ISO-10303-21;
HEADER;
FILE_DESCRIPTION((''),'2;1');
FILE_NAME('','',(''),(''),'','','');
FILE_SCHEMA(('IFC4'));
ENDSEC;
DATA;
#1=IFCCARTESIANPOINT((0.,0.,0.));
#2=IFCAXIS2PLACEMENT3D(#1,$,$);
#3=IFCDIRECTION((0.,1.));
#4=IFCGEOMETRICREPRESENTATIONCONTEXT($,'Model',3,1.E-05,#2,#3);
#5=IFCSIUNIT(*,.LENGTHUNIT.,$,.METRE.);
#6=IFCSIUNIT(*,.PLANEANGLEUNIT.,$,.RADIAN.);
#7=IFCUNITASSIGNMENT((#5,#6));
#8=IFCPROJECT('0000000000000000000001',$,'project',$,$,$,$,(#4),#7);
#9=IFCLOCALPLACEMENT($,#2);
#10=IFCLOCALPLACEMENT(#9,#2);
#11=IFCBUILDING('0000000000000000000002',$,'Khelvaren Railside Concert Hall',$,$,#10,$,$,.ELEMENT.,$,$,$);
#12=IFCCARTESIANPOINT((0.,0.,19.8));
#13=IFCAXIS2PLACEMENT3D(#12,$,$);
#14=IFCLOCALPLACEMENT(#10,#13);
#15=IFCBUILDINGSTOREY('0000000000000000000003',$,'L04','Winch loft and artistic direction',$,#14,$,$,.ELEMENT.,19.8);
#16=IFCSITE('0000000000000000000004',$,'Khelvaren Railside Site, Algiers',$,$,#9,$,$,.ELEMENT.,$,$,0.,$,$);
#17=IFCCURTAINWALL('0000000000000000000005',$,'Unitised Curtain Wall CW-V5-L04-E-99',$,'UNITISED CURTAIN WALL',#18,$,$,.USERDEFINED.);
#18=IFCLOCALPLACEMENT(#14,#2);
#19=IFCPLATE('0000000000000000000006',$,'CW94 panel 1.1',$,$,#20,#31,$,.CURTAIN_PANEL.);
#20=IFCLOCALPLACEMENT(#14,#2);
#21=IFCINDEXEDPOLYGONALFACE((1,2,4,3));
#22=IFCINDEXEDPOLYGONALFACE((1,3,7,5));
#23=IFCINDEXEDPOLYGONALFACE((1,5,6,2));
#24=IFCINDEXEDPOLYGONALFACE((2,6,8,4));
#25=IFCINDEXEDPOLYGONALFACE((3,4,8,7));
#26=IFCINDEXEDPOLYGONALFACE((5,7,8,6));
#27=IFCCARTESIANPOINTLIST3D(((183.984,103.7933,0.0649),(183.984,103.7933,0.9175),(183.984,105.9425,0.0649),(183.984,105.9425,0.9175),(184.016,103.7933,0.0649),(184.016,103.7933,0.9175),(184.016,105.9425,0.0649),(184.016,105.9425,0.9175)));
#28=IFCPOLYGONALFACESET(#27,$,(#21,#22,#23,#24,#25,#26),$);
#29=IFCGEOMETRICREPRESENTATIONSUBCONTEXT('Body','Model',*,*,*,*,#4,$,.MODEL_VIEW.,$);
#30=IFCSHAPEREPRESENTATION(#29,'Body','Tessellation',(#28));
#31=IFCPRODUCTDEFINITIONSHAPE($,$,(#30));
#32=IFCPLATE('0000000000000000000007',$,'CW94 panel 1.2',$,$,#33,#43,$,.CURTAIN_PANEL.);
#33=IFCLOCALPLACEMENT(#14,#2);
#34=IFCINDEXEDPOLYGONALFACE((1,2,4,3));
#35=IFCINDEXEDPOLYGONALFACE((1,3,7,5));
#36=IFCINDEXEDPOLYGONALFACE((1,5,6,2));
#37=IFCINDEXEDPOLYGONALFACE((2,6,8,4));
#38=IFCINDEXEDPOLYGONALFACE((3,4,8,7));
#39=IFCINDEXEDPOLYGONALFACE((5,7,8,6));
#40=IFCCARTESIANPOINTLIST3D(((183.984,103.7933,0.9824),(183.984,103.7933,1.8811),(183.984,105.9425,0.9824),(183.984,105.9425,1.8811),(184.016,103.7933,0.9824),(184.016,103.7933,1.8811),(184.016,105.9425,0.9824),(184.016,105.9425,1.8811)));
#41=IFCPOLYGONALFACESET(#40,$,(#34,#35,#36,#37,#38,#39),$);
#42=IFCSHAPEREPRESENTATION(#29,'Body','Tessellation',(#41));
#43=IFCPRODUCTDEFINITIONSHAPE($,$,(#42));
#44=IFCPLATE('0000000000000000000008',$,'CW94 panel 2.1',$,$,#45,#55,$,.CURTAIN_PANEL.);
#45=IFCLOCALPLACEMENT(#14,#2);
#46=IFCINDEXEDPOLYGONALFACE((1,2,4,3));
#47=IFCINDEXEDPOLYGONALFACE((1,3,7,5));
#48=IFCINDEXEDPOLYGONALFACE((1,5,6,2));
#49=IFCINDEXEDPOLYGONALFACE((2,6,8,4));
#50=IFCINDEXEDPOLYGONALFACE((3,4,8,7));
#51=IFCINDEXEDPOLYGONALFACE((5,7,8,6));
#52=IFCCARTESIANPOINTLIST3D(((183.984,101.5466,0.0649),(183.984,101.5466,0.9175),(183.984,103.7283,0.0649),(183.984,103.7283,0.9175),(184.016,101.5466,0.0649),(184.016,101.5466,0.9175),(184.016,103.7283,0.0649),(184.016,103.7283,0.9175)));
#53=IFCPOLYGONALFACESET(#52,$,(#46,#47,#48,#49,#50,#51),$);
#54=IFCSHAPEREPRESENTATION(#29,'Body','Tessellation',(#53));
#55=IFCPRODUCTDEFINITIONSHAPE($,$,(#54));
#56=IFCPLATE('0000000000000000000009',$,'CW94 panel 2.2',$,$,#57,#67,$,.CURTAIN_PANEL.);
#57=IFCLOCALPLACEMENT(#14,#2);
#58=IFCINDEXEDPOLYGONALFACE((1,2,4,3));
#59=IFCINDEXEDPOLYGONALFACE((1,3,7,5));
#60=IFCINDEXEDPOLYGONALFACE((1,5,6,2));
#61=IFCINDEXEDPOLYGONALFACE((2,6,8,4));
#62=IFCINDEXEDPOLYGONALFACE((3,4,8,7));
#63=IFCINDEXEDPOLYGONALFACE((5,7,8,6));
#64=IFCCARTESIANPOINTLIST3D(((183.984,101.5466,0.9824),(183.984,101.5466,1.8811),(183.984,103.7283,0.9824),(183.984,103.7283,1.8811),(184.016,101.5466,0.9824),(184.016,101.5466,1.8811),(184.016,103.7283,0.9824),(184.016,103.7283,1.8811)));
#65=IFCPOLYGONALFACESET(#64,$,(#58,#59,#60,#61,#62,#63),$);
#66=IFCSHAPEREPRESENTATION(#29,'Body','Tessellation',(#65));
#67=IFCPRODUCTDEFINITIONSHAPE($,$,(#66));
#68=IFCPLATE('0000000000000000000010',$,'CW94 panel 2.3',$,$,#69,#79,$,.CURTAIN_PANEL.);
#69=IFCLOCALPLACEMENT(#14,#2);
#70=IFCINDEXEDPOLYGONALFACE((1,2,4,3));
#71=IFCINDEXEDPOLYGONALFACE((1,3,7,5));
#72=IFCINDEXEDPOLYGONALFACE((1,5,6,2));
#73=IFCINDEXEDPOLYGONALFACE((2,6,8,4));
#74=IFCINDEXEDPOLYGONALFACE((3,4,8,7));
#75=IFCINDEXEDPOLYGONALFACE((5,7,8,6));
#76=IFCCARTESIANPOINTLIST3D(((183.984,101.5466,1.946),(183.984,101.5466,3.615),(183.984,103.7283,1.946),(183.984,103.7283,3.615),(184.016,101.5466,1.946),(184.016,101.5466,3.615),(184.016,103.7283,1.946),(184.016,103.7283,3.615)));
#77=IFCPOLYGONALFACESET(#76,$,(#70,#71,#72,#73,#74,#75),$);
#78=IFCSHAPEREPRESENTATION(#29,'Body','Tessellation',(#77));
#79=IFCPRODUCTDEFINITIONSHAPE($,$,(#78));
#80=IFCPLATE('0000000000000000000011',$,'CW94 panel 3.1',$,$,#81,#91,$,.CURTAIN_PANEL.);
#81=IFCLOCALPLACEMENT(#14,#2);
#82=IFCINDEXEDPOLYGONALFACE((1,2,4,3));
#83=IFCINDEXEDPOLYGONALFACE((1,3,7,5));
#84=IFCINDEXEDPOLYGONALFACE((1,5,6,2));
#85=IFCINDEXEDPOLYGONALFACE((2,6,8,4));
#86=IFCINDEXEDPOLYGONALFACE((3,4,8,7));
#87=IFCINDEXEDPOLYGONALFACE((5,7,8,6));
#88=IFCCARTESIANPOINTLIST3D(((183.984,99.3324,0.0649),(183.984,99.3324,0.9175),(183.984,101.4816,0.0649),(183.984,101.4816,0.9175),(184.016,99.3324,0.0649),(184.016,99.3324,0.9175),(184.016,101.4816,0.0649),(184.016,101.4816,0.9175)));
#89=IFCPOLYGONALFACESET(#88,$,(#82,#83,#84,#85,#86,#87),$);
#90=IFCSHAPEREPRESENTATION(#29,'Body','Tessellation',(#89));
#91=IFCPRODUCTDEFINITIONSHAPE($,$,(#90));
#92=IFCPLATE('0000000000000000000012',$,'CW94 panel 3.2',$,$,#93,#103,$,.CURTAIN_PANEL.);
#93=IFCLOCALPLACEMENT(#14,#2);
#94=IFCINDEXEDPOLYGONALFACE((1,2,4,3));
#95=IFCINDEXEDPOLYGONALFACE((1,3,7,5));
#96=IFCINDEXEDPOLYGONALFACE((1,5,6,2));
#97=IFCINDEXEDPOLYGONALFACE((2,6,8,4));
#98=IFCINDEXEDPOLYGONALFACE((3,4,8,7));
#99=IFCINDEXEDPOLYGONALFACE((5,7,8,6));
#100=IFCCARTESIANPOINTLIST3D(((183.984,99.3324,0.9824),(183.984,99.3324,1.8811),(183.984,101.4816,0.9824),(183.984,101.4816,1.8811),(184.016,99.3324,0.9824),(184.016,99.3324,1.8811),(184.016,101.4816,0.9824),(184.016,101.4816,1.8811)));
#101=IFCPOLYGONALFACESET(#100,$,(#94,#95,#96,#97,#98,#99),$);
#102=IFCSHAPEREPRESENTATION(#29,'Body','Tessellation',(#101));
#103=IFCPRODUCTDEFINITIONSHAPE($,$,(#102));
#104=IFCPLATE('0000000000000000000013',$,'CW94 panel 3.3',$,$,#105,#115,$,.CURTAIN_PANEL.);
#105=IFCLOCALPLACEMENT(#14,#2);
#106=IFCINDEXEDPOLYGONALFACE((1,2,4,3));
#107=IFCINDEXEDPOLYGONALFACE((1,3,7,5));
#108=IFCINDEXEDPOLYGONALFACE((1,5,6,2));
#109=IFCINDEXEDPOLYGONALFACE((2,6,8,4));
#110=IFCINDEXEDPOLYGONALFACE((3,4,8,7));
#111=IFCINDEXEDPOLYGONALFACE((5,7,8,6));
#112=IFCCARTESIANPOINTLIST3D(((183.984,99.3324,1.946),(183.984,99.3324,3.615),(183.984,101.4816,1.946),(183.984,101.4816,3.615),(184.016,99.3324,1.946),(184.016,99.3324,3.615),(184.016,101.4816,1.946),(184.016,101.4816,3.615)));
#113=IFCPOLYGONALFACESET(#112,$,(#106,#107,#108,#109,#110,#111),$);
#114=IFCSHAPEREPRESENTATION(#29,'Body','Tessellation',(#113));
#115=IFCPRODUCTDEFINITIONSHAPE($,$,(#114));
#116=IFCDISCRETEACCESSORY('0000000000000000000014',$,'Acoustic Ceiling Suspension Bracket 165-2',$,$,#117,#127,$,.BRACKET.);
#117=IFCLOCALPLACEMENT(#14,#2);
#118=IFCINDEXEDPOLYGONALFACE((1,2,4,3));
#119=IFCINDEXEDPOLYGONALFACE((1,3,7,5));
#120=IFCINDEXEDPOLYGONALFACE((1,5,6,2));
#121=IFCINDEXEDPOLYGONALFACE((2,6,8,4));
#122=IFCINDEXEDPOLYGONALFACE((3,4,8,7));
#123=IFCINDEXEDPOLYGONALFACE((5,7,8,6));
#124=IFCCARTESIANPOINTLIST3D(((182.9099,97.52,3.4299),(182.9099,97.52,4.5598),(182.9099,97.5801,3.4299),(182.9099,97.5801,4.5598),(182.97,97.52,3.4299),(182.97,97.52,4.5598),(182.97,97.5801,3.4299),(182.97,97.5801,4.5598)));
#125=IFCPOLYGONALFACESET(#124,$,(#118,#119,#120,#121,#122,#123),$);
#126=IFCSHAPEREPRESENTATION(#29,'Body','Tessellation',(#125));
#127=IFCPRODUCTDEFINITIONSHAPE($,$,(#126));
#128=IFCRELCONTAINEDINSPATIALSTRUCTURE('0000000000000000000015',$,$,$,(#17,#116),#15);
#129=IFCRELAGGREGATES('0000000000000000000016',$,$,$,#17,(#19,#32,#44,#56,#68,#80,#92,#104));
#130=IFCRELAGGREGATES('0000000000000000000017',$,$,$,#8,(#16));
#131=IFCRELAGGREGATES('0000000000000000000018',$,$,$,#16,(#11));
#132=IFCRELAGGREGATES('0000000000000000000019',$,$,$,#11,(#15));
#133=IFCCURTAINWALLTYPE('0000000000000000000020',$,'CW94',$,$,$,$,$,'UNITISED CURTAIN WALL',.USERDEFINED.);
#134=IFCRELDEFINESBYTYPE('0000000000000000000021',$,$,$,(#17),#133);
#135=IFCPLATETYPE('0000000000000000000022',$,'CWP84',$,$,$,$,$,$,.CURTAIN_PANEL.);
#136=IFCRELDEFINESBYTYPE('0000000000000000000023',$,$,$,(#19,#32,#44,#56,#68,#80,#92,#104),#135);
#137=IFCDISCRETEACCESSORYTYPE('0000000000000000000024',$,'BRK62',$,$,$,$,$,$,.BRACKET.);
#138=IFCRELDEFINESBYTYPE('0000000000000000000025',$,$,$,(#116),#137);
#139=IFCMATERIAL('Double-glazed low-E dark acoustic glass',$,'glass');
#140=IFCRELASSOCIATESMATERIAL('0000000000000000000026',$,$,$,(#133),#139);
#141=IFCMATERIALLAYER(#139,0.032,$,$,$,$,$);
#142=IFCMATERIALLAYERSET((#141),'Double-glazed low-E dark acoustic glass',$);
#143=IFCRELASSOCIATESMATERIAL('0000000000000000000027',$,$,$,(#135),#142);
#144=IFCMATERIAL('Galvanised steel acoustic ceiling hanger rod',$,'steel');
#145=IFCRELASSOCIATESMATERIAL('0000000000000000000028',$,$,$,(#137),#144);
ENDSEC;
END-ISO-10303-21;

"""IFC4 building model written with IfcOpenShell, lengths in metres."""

from ifc_helpers import new_model, si_unit, direction, frame, origin, origin_2d, place, context, subcontext, project, spatial, rectangle, extrude, material, layer, layer_set, type_object, element, aggregate, save


model = new_model("IFC4")

# Units and contexts
model_context = context("Model", 3, precision=1e-05, world=origin(), true_north=direction((0.0, 1.0)))
body_context = subcontext(model_context, "Body", "Model", "MODEL_VIEW")
ifc_project = project(units=[si_unit("LENGTHUNIT", "METRE"), si_unit("PLANEANGLEUNIT", "RADIAN")], contexts=[model_context])

# Site, building, storey
site_placement = place(None, origin())
site = spatial("IfcSite", under=ifc_project, at=site_placement, Name="Khelvaren Railside Site, Algiers", CompositionType="ELEMENT", RefElevation=0.0)
building_placement = place(site_placement, origin())
building = spatial("IfcBuilding", under=site, at=building_placement, Name="Khelvaren Railside Concert Hall", CompositionType="ELEMENT")
storey_placement = place(building_placement, frame((0.0, 0.0, 19.8)))
storey = spatial("IfcBuildingStorey", under=building, at=storey_placement, Name="L04", Description="Winch loft and artistic direction", CompositionType="ELEMENT", Elevation=19.8)

# Curtain wall
ifc_material_1 = material(Name="Double-glazed low-E dark acoustic glass", Category="glass")
curtain_wall_type_1 = type_object("IfcCurtainWallType", Name="CW94", ElementType="UNITISED CURTAIN WALL", PredefinedType="USERDEFINED", material=ifc_material_1)
curtain_wall_1_placement = place(storey_placement, origin())
curtain_wall_1 = element("IfcCurtainWall", 1, at=curtain_wall_1_placement, inside=storey, type_object=curtain_wall_type_1, Name="Unitised Curtain Wall CW-V5-L04-E-99", ObjectType="UNITISED CURTAIN WALL", PredefinedType="USERDEFINED")

# Plates
ifc_layer = layer(ifc_material_1, 0.032)
ifc_layer_set = layer_set([ifc_layer], Name="Double-glazed low-E dark acoustic glass")
plate_type = type_object("IfcPlateType", Name="CWP84", PredefinedType="CURTAIN_PANEL", material=ifc_layer_set)
plate_1_placement = place(storey_placement, frame((184.0, 104.8679, 0.0649), z_axis=(0.0, 0.0, 1.0), x_axis=(0.0, -1.0, 0.0)))
plate_1 = element("IfcPlate", 2, at=plate_1_placement, type_object=plate_type, Name="CW94 panel 1.1", PredefinedType="CURTAIN_PANEL", context=body_context, shape_type="SweptSolid", body=[
    extrude(rectangle(XDim=2.1492, YDim=0.032, at=origin_2d()), origin(), (0.0, 0.0, 1.0), 0.8525),
])
plate_2_placement = place(storey_placement, frame((184.0, 104.8679, 0.9824), z_axis=(0.0, 0.0, 1.0), x_axis=(0.0, -1.0, 0.0)))
plate_2 = element("IfcPlate", 3, at=plate_2_placement, type_object=plate_type, Name="CW94 panel 1.2", PredefinedType="CURTAIN_PANEL", context=body_context, shape_type="SweptSolid", body=[
    extrude(rectangle(XDim=2.1492, YDim=0.032, at=origin_2d()), origin(), (0.0, 0.0, 1.0), 0.8987),
])
plate_3_placement = place(storey_placement, frame((184.0, 102.6375, 0.0649), z_axis=(0.0, 0.0, 1.0), x_axis=(0.0, -1.0, 0.0)))
plate_3 = element("IfcPlate", 4, at=plate_3_placement, type_object=plate_type, Name="CW94 panel 2.1", PredefinedType="CURTAIN_PANEL", context=body_context, shape_type="SweptSolid", body=[
    extrude(rectangle(XDim=2.1816, YDim=0.032, at=origin_2d()), origin(), (0.0, 0.0, 1.0), 0.8525),
])
plate_4_placement = place(storey_placement, frame((184.0, 102.6375, 0.9824), z_axis=(0.0, 0.0, 1.0), x_axis=(0.0, -1.0, 0.0)))
plate_4 = element("IfcPlate", 5, at=plate_4_placement, type_object=plate_type, Name="CW94 panel 2.2", PredefinedType="CURTAIN_PANEL", context=body_context, shape_type="SweptSolid", body=[
    extrude(rectangle(XDim=2.1816, YDim=0.032, at=origin_2d()), origin(), (0.0, 0.0, 1.0), 0.8987),
])
plate_5_placement = place(storey_placement, frame((184.0, 102.6375, 1.946), z_axis=(0.0, 0.0, 1.0), x_axis=(0.0, -1.0, 0.0)))
plate_5 = element("IfcPlate", 6, at=plate_5_placement, type_object=plate_type, Name="CW94 panel 2.3", PredefinedType="CURTAIN_PANEL", context=body_context, shape_type="SweptSolid", body=[
    extrude(rectangle(XDim=2.1816, YDim=0.032, at=origin_2d()), origin(), (0.0, 0.0, 1.0), 1.6689),
])
plate_6_placement = place(storey_placement, frame((184.0, 100.407, 0.0649), z_axis=(0.0, 0.0, 1.0), x_axis=(0.0, -1.0, 0.0)))
plate_6 = element("IfcPlate", 7, at=plate_6_placement, type_object=plate_type, Name="CW94 panel 3.1", PredefinedType="CURTAIN_PANEL", context=body_context, shape_type="SweptSolid", body=[
    extrude(rectangle(XDim=2.1492, YDim=0.032, at=origin_2d()), origin(), (0.0, 0.0, 1.0), 0.8525),
])
plate_7_placement = place(storey_placement, frame((184.0, 100.407, 0.9824), z_axis=(0.0, 0.0, 1.0), x_axis=(0.0, -1.0, 0.0)))
plate_7 = element("IfcPlate", 8, at=plate_7_placement, type_object=plate_type, Name="CW94 panel 3.2", PredefinedType="CURTAIN_PANEL", context=body_context, shape_type="SweptSolid", body=[
    extrude(rectangle(XDim=2.1492, YDim=0.032, at=origin_2d()), origin(), (0.0, 0.0, 1.0), 0.8987),
])
plate_8_placement = place(storey_placement, frame((184.0, 100.407, 1.946), z_axis=(0.0, 0.0, 1.0), x_axis=(0.0, -1.0, 0.0)))
plate_8 = element("IfcPlate", 9, at=plate_8_placement, type_object=plate_type, Name="CW94 panel 3.3", PredefinedType="CURTAIN_PANEL", context=body_context, shape_type="SweptSolid", body=[
    extrude(rectangle(XDim=2.1492, YDim=0.032, at=origin_2d()), origin(), (0.0, 0.0, 1.0), 1.6689),
])
aggregate(curtain_wall_1, [plate_1, plate_2, plate_3, plate_4, plate_5, plate_6, plate_7, plate_8])

# Discrete accessory
ifc_material_2 = material(Name="Galvanised steel acoustic ceiling hanger rod", Category="steel")
discrete_accessory_type = type_object("IfcDiscreteAccessoryType", Name="BRK62", PredefinedType="BRACKET", material=ifc_material_2)
discrete_accessory_placement = place(storey_placement, frame((182.9399, 97.55, 3.4299), z_axis=(0.0, 0.0, 1.0), x_axis=(1.0, 0.0, 0.0)))
element("IfcDiscreteAccessory", 10, at=discrete_accessory_placement, inside=storey, type_object=discrete_accessory_type, Name="Acoustic Ceiling Suspension Bracket 165-2", PredefinedType="BRACKET", context=body_context, shape_type="SweptSolid", body=[
    extrude(rectangle(XDim=0.0601, YDim=0.0601, at=origin_2d()), origin(), (0.0, 0.0, 1.0), 1.1299),
])

save(model, "model.ifc")
